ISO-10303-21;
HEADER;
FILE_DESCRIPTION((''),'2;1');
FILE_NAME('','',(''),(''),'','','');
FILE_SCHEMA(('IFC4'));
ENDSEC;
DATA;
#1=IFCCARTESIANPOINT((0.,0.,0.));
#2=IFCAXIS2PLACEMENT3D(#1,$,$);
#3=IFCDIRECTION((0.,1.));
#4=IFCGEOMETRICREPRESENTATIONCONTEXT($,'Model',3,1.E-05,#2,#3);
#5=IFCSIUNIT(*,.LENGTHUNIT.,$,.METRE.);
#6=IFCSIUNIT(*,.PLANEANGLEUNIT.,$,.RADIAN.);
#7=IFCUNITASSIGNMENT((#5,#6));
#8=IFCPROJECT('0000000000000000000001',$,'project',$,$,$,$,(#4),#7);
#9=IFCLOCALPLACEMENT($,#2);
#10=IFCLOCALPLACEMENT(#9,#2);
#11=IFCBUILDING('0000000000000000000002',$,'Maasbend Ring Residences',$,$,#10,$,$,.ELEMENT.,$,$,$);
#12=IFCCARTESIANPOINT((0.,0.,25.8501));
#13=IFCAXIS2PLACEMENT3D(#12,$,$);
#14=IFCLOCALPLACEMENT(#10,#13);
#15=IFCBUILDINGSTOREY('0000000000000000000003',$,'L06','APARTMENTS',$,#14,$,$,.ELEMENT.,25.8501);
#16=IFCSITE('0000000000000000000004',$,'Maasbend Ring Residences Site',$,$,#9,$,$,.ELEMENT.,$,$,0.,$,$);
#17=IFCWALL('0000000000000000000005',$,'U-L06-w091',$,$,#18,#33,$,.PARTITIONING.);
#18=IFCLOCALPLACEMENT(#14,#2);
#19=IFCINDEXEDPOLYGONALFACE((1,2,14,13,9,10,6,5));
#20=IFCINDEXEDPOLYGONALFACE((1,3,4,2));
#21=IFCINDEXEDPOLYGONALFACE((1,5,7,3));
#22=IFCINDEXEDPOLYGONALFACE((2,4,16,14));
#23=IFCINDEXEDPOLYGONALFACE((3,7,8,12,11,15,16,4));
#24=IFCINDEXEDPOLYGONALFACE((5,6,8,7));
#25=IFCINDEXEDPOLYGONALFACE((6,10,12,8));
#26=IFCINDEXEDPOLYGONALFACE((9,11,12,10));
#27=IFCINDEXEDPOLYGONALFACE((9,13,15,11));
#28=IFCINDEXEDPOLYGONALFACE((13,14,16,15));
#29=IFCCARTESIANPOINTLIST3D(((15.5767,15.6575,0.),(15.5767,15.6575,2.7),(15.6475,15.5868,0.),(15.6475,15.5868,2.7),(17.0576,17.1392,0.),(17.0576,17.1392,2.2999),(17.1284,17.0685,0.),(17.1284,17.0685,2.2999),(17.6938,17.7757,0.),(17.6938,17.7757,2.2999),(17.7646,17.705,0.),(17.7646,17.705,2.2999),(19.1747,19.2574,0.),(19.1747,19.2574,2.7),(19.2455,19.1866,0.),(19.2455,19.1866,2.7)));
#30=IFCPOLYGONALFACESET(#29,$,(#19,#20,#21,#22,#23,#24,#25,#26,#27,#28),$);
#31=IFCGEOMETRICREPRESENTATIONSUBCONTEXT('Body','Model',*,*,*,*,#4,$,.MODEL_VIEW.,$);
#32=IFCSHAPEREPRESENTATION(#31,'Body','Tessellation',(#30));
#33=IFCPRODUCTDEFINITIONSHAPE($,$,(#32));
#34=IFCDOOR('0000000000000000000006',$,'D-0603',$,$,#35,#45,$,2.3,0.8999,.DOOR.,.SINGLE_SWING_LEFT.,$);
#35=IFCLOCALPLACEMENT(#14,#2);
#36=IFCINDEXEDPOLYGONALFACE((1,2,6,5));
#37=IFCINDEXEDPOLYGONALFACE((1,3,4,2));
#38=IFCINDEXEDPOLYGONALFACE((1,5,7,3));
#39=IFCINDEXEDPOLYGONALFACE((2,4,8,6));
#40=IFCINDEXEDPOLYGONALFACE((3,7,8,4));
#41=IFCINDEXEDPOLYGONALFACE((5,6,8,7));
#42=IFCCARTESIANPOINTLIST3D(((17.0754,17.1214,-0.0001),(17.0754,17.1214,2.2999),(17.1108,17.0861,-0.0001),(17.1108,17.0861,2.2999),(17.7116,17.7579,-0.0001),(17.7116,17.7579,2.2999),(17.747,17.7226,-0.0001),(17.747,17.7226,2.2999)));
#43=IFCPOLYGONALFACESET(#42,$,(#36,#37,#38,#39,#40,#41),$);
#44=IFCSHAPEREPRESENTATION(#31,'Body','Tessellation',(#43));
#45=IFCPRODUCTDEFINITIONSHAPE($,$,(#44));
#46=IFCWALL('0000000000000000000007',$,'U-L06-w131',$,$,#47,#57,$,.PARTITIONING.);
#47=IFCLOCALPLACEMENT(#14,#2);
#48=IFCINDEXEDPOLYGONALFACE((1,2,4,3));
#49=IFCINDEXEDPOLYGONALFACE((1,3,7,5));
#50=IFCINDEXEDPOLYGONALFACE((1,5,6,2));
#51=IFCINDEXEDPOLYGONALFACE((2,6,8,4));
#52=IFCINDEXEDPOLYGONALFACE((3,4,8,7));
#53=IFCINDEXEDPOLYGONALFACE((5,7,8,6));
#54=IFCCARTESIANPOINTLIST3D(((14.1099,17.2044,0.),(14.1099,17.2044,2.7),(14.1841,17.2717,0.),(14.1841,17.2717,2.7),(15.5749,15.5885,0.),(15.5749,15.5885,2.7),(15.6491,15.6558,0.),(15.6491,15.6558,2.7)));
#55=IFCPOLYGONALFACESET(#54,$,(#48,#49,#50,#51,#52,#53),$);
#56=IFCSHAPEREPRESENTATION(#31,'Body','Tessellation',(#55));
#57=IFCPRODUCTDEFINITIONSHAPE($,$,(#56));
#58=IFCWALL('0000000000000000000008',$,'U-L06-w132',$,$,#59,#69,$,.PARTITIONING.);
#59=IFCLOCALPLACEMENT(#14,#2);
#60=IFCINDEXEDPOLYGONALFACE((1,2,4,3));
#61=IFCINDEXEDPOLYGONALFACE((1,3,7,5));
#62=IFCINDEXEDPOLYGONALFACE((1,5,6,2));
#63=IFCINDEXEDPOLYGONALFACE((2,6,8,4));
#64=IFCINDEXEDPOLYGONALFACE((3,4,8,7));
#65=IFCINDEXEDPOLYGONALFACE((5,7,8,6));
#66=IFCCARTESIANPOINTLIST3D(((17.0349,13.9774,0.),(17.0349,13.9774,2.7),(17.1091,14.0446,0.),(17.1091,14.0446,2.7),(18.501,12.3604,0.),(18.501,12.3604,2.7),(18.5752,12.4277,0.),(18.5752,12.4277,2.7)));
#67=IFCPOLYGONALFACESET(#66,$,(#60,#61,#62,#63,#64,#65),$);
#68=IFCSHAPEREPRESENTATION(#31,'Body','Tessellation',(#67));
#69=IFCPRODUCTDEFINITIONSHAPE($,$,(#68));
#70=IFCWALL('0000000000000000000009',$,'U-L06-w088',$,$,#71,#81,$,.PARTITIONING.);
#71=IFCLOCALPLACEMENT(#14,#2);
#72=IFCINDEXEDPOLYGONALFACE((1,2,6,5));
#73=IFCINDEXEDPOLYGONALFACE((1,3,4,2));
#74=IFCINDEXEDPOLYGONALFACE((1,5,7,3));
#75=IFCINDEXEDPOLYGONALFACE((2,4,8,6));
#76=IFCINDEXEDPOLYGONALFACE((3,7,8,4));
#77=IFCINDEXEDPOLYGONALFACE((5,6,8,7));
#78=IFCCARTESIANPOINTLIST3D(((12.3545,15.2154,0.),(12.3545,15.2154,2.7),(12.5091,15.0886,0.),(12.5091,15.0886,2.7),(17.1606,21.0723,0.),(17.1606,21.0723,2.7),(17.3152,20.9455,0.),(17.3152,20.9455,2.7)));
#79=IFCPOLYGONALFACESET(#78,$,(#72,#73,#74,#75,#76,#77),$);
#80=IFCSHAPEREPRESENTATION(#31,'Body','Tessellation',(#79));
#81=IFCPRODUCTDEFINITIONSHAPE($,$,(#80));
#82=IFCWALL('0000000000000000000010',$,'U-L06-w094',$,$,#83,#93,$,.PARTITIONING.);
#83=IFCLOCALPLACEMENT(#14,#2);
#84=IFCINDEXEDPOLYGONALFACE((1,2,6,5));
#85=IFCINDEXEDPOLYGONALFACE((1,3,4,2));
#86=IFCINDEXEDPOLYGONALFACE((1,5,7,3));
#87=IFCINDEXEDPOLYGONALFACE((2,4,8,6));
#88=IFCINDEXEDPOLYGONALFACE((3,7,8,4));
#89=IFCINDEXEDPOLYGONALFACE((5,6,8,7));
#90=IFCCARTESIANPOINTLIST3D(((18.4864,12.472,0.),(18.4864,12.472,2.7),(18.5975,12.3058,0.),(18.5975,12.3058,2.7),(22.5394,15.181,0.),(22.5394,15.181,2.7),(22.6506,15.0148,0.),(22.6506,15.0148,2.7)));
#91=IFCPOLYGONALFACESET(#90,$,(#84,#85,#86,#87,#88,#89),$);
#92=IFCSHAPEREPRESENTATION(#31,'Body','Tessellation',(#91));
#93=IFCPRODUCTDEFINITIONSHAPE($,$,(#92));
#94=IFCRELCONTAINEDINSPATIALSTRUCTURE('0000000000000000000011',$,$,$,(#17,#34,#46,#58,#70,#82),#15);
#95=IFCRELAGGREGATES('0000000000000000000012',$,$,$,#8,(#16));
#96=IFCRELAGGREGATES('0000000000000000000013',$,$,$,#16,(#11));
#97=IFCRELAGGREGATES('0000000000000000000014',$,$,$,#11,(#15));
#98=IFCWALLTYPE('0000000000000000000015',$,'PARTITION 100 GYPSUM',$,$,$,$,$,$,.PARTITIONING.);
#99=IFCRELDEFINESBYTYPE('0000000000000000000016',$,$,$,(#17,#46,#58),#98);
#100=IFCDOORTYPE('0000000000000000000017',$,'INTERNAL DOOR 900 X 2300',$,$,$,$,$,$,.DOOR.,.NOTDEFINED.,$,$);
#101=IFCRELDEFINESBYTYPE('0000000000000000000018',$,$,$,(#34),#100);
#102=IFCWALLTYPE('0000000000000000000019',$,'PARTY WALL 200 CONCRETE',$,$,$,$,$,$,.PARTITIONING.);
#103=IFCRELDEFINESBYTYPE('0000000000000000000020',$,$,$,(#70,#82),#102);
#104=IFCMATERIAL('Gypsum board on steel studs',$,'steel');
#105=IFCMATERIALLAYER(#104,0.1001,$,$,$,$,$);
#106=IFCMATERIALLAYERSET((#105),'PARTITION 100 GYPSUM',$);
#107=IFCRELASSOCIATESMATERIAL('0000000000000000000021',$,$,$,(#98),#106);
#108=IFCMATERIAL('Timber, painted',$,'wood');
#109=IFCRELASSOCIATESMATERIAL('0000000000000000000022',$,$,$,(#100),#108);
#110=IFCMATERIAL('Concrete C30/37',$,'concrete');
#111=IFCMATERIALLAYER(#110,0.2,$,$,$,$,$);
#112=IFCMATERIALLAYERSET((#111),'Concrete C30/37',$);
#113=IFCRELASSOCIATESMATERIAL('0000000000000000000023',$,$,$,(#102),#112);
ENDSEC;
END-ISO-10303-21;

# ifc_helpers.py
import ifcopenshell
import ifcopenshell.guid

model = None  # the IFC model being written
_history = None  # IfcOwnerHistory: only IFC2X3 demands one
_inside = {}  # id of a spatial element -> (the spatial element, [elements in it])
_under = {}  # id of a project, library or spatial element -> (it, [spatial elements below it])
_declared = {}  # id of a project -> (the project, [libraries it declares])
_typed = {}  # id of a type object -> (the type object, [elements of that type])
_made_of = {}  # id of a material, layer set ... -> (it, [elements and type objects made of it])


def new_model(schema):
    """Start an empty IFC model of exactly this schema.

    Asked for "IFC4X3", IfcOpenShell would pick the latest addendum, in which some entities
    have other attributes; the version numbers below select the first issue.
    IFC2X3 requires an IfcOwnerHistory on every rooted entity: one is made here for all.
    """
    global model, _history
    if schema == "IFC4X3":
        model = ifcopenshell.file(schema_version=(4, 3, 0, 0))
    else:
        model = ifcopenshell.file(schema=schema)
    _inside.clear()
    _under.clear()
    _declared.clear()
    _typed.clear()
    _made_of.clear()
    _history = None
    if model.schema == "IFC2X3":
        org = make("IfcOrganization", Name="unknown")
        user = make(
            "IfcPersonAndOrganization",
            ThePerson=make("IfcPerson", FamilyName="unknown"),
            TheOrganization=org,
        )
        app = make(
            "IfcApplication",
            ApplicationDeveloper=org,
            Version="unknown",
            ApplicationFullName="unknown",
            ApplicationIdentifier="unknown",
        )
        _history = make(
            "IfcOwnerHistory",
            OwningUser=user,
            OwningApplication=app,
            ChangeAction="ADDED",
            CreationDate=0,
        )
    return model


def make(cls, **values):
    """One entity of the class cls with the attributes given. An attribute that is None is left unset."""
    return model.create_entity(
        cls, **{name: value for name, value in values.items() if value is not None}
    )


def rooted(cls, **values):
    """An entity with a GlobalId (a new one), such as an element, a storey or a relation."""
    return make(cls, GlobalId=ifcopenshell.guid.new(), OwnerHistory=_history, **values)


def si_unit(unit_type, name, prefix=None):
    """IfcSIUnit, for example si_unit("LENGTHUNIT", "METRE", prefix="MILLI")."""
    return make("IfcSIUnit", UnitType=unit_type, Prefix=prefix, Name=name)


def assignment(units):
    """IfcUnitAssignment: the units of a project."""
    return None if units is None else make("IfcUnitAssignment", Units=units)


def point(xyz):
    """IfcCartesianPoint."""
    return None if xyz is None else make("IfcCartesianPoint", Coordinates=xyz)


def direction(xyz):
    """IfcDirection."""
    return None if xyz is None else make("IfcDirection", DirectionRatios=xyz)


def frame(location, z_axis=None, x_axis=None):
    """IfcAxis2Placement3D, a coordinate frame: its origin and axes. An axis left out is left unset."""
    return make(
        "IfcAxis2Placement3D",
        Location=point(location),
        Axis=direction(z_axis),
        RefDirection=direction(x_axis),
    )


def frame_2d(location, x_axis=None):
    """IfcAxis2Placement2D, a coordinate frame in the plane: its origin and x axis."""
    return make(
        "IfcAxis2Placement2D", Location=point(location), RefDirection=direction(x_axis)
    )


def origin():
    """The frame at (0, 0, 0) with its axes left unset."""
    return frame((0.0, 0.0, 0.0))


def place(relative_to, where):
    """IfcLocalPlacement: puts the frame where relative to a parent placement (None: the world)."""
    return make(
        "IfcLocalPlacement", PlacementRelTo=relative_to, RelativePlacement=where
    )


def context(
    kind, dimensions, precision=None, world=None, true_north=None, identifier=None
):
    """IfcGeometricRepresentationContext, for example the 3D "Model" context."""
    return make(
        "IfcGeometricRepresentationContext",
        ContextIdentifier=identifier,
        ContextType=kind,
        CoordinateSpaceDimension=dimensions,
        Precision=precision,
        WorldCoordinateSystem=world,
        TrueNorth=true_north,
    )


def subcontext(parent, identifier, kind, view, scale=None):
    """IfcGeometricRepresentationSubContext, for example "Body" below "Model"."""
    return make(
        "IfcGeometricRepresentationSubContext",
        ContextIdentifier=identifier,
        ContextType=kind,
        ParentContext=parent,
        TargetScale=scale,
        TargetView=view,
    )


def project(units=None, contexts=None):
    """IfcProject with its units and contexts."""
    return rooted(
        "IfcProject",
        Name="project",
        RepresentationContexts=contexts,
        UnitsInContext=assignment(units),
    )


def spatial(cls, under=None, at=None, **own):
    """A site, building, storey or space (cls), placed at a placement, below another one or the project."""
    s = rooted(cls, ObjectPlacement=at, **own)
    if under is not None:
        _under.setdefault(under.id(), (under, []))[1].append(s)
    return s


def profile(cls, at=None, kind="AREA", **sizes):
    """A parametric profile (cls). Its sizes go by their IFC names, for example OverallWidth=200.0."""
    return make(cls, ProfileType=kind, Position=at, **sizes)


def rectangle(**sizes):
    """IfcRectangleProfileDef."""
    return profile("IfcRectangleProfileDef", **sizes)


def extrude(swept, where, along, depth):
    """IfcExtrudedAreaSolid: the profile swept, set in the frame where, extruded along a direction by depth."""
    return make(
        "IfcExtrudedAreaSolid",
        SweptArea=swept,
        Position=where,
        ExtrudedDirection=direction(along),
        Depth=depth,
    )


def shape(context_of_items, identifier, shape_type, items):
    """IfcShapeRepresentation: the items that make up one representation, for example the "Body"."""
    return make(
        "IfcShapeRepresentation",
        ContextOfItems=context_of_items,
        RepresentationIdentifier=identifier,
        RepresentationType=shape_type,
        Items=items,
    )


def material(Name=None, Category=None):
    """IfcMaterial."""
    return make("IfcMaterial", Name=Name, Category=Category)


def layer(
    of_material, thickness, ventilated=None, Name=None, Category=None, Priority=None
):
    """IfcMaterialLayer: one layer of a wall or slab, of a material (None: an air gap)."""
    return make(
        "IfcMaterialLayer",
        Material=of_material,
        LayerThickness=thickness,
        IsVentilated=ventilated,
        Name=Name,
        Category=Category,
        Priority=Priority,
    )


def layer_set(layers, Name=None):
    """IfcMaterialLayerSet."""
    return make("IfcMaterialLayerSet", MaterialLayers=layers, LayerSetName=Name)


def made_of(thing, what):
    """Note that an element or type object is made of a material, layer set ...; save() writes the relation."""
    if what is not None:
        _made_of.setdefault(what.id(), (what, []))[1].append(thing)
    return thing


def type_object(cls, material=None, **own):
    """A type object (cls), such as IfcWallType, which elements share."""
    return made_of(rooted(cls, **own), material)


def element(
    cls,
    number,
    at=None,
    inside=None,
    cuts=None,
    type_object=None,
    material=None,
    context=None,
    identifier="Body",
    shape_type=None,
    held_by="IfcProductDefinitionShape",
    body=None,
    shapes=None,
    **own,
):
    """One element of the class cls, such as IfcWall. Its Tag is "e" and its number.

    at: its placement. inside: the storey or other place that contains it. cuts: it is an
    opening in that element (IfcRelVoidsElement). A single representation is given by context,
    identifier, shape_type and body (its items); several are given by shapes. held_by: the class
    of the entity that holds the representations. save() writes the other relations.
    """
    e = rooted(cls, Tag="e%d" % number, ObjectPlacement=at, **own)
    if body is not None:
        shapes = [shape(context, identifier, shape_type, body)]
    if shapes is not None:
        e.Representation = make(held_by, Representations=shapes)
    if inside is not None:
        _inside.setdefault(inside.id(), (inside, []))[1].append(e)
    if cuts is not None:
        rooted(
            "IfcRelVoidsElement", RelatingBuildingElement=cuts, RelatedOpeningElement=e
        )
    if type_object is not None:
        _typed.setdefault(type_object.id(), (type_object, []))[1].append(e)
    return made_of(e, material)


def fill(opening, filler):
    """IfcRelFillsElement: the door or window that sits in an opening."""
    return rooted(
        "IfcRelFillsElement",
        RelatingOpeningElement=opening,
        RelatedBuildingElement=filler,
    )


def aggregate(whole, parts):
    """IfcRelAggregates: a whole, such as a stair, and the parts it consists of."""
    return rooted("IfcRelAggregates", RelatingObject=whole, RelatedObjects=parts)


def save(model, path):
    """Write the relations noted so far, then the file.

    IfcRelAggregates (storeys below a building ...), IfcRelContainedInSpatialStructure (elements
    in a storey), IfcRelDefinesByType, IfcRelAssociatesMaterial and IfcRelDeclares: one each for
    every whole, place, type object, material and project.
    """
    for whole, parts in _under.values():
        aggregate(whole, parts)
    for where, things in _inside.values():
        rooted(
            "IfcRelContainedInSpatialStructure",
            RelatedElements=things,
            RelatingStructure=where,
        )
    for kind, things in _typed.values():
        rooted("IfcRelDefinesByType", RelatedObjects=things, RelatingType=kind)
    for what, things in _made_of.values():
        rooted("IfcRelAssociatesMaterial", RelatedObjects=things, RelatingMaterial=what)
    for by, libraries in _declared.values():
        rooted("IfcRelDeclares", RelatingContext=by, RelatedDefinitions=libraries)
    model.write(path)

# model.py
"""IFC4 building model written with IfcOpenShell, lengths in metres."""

from ifc_helpers import new_model, si_unit, direction, frame, frame_2d, origin, place, context, subcontext, project, spatial, rectangle, extrude, material, layer, layer_set, type_object, element, fill, save


model = new_model("IFC4")

# Units and contexts
model_context = context("Model", 3, precision=1e-05, world=origin(), true_north=direction((0.0, 1.0)))
body_context = subcontext(model_context, "Body", "Model", "MODEL_VIEW")
ifc_project = project(units=[si_unit("LENGTHUNIT", "METRE"), si_unit("PLANEANGLEUNIT", "RADIAN")], contexts=[model_context])

# Site, building, storey
site_placement = place(None, origin())
site = spatial("IfcSite", under=ifc_project, at=site_placement, Name="Maasbend Ring Residences Site", CompositionType="ELEMENT", RefElevation=0.0)
building_placement = place(site_placement, origin())
building = spatial("IfcBuilding", under=site, at=building_placement, Name="Maasbend Ring Residences", CompositionType="ELEMENT")
storey_placement = place(building_placement, frame((0.0, 0.0, 25.8501)))
storey = spatial("IfcBuildingStorey", under=building, at=storey_placement, Name="L06", Description="APARTMENTS", CompositionType="ELEMENT", Elevation=25.8501)

# Wall, opening, door
ifc_material_1 = material(Name="Gypsum board on steel studs", Category="steel")
ifc_layer_1 = layer(ifc_material_1, 0.1001)
ifc_layer_set_1 = layer_set([ifc_layer_1], Name="PARTITION 100 GYPSUM")
wall_type_1 = type_object("IfcWallType", Name="PARTITION 100 GYPSUM", PredefinedType="PARTITIONING", material=ifc_layer_set_1)
wall_1_placement = place(storey_placement, frame((15.6121, 15.6221, 0.0), z_axis=(0.0, 0.0, 1.0), x_axis=(0.706915, 0.707299, 0.0)))
wall_1 = element("IfcWall", 1, at=wall_1_placement, inside=storey, type_object=wall_type_1, Name="U-L06-w091", PredefinedType="PARTITIONING", context=body_context, shape_type="SweptSolid", body=[
    extrude(rectangle(XDim=5.0896, YDim=0.1001, at=frame_2d((2.5449, 0.0))), origin(), (0.0, 0.0, 1.0), 2.7),
])
opening_1_placement = place(wall_1_placement, frame((2.095, 0.0, 0.0)))
opening_1 = element("IfcOpeningElement", 2, at=opening_1_placement, cuts=wall_1, PredefinedType="OPENING", context=body_context, shape_type="SweptSolid", body=[
    extrude(rectangle(XDim=0.8999, YDim=2.3, at=frame_2d((0.45, 1.1499))), frame((0.0, 0.0601, 0.0), z_axis=(0.0, -1.0, 0.0), x_axis=(1.0, 0.0, 0.0)), (0.0, 0.0, 1.0), 0.1201),
])
ifc_material_2 = material(Name="Timber, painted", Category="wood")
door_type_1 = type_object("IfcDoorType", Name="INTERNAL DOOR 900 X 2300", OperationType="NOTDEFINED", PredefinedType="DOOR", material=ifc_material_2)
door_1_placement = place(opening_1_placement, origin())
door_1 = element("IfcDoor", 3, at=door_1_placement, inside=storey, type_object=door_type_1, Name="D-0603", OperationType="SINGLE_SWING_LEFT", OverallHeight=2.3, OverallWidth=0.8999, PredefinedType="DOOR", context=body_context, shape_type="SweptSolid", body=[
    extrude(rectangle(XDim=0.8999, YDim=2.3, at=frame_2d((0.45, 1.1499))), frame((0.0, 0.0249, 0.0), z_axis=(0.0, -1.0, 0.0), x_axis=(1.0, 0.0, 0.0)), (0.0, 0.0, 1.0), 0.05),
])
fill(opening_1, door_1)

# Walls
wall_2_placement = place(storey_placement, frame((14.147, 17.238, 0.0), z_axis=(0.0, 0.0, 1.0), x_axis=(0.671675, -0.740846, 0.0)))
element("IfcWall", 4, at=wall_2_placement, inside=storey, type_object=wall_type_1, Name="U-L06-w131", PredefinedType="PARTITIONING", context=body_context, shape_type="SweptSolid", body=[
    extrude(rectangle(XDim=2.1812, YDim=0.1001, at=frame_2d((1.0906, 0.0))), origin(), (0.0, 0.0, 1.0), 2.7),
])
wall_3_placement = place(storey_placement, frame((17.072, 14.011, 0.0), z_axis=(0.0, 0.0, 1.0), x_axis=(0.671698, -0.740825, 0.0)))
element("IfcWall", 5, at=wall_3_placement, inside=storey, type_object=wall_type_1, Name="U-L06-w132", PredefinedType="PARTITIONING", context=body_context, shape_type="SweptSolid", body=[
    extrude(rectangle(XDim=2.1826, YDim=0.1001, at=frame_2d((1.0913, 0.0))), origin(), (0.0, 0.0, 1.0), 2.7),
])
ifc_material_3 = material(Name="Concrete C30/37", Category="concrete")
ifc_layer_2 = layer(ifc_material_3, 0.2)
ifc_layer_set_2 = layer_set([ifc_layer_2], Name="Concrete C30/37")
wall_type_2 = type_object("IfcWallType", Name="PARTY WALL 200 CONCRETE", PredefinedType="PARTITIONING", material=ifc_layer_set_2)
wall_4_placement = place(storey_placement, frame((12.4319, 15.1521, 0.0), z_axis=(0.0, 0.0, 1.0), x_axis=(0.634353, 0.773043, 0.0)))
element("IfcWall", 6, at=wall_4_placement, inside=storey, type_object=wall_type_2, Name="U-L06-w088", PredefinedType="PARTITIONING", context=body_context, shape_type="SweptSolid", body=[
    extrude(rectangle(XDim=7.5764, YDim=0.2, at=frame_2d((3.7881, 0.0))), origin(), (0.0, 0.0, 1.0), 2.7),
])
wall_5_placement = place(storey_placement, frame((18.542, 12.3889, 0.0), z_axis=(0.0, 0.0, 1.0), x_axis=(0.831387, 0.555694, 0.0)))
element("IfcWall", 7, at=wall_5_placement, inside=storey, type_object=wall_type_2, Name="U-L06-w094", PredefinedType="PARTITIONING", context=body_context, shape_type="SweptSolid", body=[
    extrude(rectangle(XDim=4.875, YDim=0.2, at=frame_2d((2.4375, 0.0))), origin(), (0.0, 0.0, 1.0), 2.7),
])

save(model, "model.ifc")
